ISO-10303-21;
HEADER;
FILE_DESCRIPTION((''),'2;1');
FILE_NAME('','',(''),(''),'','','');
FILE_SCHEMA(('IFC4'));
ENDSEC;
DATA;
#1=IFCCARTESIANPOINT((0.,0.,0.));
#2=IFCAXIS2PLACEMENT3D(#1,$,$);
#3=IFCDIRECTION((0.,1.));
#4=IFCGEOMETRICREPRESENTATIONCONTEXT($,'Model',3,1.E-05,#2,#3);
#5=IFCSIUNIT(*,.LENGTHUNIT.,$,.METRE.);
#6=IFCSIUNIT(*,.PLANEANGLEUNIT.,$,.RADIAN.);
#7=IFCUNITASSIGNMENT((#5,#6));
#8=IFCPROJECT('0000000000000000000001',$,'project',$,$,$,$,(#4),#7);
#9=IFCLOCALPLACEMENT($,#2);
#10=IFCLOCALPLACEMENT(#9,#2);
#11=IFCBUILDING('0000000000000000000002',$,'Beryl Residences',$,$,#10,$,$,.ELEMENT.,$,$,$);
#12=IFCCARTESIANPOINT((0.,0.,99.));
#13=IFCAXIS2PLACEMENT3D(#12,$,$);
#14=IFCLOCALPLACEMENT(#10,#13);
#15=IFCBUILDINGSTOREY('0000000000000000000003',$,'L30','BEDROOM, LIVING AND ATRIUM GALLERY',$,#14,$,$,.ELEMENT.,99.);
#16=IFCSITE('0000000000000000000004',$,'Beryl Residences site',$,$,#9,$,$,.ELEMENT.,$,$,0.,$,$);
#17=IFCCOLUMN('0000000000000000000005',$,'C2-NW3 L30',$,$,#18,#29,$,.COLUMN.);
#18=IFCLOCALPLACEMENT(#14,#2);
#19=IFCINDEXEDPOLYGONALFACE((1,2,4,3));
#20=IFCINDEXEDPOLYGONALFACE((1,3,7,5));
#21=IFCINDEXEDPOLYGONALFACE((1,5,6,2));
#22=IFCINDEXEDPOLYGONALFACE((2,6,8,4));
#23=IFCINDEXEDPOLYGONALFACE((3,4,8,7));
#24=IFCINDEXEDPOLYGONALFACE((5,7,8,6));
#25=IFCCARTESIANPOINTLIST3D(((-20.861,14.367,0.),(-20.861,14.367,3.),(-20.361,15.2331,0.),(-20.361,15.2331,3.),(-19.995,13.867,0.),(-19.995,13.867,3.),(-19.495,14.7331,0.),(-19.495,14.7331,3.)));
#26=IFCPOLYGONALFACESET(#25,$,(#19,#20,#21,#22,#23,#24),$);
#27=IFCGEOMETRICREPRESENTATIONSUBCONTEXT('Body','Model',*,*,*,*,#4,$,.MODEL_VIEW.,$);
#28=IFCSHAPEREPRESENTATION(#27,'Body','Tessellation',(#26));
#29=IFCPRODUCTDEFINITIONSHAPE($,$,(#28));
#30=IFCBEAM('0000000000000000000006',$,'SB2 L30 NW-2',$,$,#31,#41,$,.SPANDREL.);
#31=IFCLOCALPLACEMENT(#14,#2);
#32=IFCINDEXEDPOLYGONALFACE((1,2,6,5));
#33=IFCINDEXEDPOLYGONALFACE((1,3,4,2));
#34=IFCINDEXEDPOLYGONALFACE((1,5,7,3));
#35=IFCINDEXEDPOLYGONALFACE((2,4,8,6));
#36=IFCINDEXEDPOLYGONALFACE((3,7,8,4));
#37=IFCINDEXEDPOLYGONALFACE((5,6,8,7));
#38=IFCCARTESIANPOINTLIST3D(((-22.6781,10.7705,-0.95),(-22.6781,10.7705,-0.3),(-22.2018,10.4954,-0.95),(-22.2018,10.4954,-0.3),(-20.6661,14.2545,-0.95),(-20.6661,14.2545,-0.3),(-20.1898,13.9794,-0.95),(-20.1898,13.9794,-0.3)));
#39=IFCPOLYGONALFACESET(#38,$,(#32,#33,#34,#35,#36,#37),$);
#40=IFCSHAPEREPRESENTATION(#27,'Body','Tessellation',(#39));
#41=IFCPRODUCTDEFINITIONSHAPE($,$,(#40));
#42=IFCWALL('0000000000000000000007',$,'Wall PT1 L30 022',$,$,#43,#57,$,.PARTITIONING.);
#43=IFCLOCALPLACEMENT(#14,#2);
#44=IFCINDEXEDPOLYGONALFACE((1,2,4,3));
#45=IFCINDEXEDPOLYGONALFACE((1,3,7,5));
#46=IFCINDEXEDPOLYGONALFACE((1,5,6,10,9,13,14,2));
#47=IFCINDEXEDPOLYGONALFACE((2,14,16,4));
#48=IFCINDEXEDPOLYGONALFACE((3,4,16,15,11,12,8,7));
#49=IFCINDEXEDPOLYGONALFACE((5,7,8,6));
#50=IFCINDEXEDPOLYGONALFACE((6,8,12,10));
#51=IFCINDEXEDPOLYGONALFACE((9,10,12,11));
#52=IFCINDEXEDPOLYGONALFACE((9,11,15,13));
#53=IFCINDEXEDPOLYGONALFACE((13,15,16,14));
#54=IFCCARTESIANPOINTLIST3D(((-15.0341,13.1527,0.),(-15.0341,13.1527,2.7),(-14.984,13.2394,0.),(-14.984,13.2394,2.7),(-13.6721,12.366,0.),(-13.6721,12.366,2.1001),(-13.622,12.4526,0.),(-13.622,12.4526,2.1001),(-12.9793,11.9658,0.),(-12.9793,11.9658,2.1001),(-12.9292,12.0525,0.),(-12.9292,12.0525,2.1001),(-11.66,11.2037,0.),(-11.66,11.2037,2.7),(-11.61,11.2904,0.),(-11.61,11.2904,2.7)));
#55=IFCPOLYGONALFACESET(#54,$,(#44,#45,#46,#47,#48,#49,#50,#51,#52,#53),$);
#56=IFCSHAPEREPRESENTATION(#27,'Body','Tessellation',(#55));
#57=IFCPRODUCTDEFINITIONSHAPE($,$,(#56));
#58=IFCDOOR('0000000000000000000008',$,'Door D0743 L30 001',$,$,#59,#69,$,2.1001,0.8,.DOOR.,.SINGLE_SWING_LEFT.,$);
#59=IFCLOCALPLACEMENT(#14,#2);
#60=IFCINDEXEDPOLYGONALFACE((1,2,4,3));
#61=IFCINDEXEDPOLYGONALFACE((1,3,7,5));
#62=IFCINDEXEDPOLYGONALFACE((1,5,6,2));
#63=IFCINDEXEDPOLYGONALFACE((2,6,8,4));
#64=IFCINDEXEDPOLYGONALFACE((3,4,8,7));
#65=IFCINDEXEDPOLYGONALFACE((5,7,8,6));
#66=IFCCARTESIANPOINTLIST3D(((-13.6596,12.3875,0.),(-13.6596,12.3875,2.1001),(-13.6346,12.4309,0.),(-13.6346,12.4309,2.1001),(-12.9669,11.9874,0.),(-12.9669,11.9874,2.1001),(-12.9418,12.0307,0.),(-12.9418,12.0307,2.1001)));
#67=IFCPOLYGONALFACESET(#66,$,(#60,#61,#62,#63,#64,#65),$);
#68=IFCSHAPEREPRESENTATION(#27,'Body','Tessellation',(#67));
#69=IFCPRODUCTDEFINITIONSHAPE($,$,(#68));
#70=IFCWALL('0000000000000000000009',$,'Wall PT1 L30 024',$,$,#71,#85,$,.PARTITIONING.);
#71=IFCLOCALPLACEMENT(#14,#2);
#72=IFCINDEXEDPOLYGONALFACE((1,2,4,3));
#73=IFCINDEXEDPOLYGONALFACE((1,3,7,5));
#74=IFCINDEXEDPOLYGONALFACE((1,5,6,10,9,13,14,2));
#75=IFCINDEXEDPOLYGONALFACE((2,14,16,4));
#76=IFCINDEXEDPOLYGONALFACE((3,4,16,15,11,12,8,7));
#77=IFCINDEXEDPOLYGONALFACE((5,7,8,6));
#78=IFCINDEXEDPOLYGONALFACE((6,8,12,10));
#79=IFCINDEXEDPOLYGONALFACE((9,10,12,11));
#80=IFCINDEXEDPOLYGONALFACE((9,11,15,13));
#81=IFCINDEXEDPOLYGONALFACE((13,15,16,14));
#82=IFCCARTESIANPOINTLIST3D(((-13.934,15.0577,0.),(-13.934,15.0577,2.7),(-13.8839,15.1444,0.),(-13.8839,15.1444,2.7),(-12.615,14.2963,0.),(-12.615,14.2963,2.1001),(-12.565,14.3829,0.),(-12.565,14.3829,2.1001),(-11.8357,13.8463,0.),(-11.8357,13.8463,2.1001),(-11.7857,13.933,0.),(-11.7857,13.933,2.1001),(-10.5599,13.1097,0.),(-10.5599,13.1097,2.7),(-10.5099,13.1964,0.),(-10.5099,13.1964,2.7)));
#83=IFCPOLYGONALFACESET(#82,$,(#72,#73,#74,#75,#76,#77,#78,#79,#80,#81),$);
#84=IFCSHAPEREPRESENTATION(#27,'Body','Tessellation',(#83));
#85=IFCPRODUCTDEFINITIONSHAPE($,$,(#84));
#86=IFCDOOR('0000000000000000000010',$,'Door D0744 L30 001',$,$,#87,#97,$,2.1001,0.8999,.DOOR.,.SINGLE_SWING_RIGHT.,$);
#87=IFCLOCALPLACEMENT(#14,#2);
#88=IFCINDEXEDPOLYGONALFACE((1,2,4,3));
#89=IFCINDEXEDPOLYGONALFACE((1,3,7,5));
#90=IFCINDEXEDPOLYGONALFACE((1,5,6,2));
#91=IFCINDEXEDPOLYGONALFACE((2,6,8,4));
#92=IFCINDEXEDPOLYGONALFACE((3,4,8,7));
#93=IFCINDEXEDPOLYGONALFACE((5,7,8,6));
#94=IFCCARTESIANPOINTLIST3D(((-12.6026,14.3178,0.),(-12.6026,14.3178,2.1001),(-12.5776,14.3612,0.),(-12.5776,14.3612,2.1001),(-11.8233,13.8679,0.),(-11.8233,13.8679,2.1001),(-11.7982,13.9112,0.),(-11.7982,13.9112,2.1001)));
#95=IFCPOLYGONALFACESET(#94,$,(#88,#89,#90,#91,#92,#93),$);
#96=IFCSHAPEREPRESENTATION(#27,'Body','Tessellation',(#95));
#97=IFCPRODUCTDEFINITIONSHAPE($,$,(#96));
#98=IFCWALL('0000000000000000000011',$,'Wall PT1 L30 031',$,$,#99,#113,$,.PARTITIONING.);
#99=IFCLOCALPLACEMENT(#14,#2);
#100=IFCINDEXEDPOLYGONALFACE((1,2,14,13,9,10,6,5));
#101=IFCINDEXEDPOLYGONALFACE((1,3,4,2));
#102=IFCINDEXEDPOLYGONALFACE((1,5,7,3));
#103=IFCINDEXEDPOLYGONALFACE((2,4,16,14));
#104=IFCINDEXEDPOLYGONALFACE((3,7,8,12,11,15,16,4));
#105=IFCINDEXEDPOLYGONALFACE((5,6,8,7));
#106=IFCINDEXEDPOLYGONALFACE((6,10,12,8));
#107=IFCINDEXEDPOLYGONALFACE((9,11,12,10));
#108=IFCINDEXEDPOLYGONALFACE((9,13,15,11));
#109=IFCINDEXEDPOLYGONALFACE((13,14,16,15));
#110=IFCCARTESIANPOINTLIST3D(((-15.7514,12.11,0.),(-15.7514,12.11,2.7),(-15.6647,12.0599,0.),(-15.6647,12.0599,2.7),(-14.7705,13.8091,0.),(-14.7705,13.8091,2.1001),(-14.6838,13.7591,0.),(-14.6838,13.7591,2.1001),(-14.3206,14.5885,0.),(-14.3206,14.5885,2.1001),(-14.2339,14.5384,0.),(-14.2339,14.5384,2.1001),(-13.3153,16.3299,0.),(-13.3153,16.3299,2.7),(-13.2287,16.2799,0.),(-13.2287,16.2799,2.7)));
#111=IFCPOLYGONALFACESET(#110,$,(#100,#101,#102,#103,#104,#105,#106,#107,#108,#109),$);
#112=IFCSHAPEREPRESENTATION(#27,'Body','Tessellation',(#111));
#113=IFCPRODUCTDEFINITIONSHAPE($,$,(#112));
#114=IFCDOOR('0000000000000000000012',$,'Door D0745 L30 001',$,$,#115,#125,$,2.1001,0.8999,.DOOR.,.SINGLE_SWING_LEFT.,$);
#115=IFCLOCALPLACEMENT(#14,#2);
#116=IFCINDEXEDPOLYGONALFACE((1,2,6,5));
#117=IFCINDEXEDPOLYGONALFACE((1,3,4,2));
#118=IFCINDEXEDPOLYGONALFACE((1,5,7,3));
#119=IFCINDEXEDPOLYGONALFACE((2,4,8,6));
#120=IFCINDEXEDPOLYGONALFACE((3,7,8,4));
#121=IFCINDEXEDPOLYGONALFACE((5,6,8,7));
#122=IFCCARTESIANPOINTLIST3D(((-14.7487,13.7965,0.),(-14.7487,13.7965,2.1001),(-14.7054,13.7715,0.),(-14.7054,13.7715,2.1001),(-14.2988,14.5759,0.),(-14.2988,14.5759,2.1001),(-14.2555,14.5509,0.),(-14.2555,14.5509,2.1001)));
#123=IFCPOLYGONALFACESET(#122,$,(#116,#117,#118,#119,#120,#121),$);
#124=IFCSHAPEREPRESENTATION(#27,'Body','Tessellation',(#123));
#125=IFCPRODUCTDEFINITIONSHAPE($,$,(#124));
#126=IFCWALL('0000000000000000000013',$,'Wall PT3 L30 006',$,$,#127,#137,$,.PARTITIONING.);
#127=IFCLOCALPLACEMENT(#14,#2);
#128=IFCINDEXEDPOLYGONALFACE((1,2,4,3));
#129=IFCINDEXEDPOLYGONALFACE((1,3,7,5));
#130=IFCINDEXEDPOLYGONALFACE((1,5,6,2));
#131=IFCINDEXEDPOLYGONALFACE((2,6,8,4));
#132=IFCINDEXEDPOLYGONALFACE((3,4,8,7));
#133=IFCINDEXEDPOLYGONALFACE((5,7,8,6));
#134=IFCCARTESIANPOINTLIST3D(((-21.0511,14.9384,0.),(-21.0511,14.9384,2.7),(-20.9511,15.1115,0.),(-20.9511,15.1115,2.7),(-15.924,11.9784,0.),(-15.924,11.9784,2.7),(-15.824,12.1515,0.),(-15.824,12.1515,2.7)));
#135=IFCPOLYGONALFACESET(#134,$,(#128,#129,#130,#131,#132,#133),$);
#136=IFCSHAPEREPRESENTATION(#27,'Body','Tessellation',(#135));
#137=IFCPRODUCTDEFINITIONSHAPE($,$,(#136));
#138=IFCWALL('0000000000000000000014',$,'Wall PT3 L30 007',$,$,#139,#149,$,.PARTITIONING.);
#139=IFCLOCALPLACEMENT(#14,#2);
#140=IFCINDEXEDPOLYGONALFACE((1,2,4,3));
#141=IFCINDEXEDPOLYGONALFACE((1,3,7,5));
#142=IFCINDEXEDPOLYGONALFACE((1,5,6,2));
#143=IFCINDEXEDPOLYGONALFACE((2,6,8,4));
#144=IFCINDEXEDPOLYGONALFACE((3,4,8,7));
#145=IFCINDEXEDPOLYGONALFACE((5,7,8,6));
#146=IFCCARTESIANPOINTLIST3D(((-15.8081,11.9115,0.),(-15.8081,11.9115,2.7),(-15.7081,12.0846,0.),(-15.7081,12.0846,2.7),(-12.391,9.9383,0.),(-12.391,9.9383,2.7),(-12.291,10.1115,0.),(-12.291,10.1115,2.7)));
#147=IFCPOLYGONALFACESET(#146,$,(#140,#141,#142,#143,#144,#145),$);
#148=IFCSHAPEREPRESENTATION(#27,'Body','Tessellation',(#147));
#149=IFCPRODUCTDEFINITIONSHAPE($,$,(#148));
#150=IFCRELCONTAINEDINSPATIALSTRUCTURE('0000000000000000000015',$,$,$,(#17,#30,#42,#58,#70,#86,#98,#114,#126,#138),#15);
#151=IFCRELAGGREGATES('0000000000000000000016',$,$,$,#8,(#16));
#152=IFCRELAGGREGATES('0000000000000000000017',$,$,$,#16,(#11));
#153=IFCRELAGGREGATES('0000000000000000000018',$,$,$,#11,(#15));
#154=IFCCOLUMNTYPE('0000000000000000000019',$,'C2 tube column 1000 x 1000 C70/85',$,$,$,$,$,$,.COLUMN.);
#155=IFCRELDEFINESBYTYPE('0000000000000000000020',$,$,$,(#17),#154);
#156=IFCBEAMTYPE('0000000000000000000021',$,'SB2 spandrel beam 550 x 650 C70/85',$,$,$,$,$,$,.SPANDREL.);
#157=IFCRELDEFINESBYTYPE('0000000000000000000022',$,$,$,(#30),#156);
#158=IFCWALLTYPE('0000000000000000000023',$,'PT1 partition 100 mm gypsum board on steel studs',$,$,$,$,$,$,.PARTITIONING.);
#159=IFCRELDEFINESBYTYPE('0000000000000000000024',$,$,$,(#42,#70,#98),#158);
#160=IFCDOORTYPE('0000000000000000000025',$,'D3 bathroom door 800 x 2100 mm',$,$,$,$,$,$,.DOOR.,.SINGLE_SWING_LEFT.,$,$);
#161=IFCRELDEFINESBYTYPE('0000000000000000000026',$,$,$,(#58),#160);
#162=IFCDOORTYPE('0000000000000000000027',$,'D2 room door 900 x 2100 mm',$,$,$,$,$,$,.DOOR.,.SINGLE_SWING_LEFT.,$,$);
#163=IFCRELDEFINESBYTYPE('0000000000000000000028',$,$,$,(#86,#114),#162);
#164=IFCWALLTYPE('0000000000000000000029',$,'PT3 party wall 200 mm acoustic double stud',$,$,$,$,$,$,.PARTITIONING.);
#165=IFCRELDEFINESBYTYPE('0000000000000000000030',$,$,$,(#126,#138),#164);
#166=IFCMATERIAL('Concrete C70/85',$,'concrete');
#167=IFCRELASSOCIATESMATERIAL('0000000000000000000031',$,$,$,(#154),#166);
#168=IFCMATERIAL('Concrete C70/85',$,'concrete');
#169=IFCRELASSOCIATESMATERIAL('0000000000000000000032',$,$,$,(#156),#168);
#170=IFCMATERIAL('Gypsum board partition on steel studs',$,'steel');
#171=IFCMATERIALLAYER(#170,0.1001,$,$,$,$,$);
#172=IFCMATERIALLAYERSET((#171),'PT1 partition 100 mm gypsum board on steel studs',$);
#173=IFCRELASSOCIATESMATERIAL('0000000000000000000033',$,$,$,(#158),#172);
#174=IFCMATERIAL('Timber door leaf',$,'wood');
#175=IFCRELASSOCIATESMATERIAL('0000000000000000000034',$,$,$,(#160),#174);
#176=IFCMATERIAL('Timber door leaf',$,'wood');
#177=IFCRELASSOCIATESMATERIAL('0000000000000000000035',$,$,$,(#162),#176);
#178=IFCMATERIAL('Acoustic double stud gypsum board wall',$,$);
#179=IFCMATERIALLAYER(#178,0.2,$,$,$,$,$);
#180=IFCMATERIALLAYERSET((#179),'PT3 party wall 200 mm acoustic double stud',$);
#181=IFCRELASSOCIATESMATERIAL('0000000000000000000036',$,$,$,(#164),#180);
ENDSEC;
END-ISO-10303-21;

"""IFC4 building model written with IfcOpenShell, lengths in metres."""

from ifc_helpers import new_model, si_unit, direction, frame, frame_2d, origin, origin_2d, place, context, subcontext, project, spatial, rectangle, extrude, material, layer, layer_set, material_profile, profile_set, type_object, element, fill, save


model = new_model("IFC4")

# Units and contexts
model_context = context("Model", 3, precision=1e-05, world=origin(), true_north=direction((0.0, 1.0)))
body_context = subcontext(model_context, "Body", "Model", "MODEL_VIEW")
ifc_project = project(units=[si_unit("LENGTHUNIT", "METRE"), si_unit("PLANEANGLEUNIT", "RADIAN")], contexts=[model_context])

# Site, building, storey
site_placement = place(None, origin())
site = spatial("IfcSite", under=ifc_project, at=site_placement, Name="Beryl Residences site", CompositionType="ELEMENT", RefElevation=0.0)
building_placement = place(site_placement, origin())
building = spatial("IfcBuilding", under=site, at=building_placement, Name="Beryl Residences", CompositionType="ELEMENT")
storey_placement = place(building_placement, frame((0.0, 0.0, 99.0)))
storey = spatial("IfcBuildingStorey", under=building, at=storey_placement, Name="L30", Description="BEDROOM, LIVING AND ATRIUM GALLERY", CompositionType="ELEMENT", Elevation=99.0)

# Column
ifc_material_1 = material(Name="Concrete C70/85", Category="concrete")
ifc_material_profile_1 = material_profile(ifc_material_1, rectangle(XDim=1.0, YDim=1.0, at=origin_2d()))
ifc_profile_set_1 = profile_set([ifc_material_profile_1], Name="Concrete C70/85")
column_type = type_object("IfcColumnType", Name="C2 tube column 1000 x 1000 C70/85", PredefinedType="COLUMN", material=ifc_profile_set_1)
column_placement = place(storey_placement, frame((-20.178, 14.55, 0.0), z_axis=(0.0, 0.0, 1.0), x_axis=(-0.5, -0.866025, 0.0)))
element("IfcColumn", 1, at=column_placement, inside=storey, type_object=column_type, Name="C2-NW3 L30", PredefinedType="COLUMN", context=body_context, shape_type="SweptSolid", body=[
    extrude(rectangle(XDim=1.0, YDim=1.0, at=origin_2d()), origin(), (0.0, 0.0, 1.0), 3.0),
])

# Beam
ifc_material_2 = material(Name="Concrete C70/85", Category="concrete")
ifc_material_profile_2 = material_profile(ifc_material_2, rectangle(XDim=0.55, YDim=0.6499, at=origin_2d()))
ifc_profile_set_2 = profile_set([ifc_material_profile_2], Name="Concrete C70/85")
beam_type = type_object("IfcBeamType", Name="SB2 spandrel beam 550 x 650 C70/85", PredefinedType="SPANDREL", material=ifc_profile_set_2)
beam_placement = place(storey_placement, frame((-20.428, 14.1169, -0.625), z_axis=(-0.500101, -0.865967, 0.0), x_axis=(0.865967, -0.500101, 0.0)))
element("IfcBeam", 2, at=beam_placement, inside=storey, type_object=beam_type, Name="SB2 L30 NW-2", PredefinedType="SPANDREL", context=body_context, shape_type="SweptSolid", body=[
    extrude(rectangle(XDim=0.55, YDim=0.6499, at=origin_2d()), origin(), (0.0, 0.0, 1.0), 4.0232),
])

# Walls, openings, doors
ifc_material_3 = material(Name="Gypsum board partition on steel studs", Category="steel")
ifc_layer_1 = layer(ifc_material_3, 0.1001)
ifc_layer_set_1 = layer_set([ifc_layer_1], Name="PT1 partition 100 mm gypsum board on steel studs")
wall_type_1 = type_object("IfcWallType", Name="PT1 partition 100 mm gypsum board on steel studs", PredefinedType="PARTITIONING", material=ifc_layer_set_1)
wall_1_placement = place(storey_placement, frame((-15.009, 13.196, 0.0), z_axis=(0.0, 0.0, 1.0), x_axis=(0.865916, -0.500189, 0.0)))
wall_1 = element("IfcWall", 3, at=wall_1_placement, inside=storey, type_object=wall_type_1, Name="Wall PT1 L30 022", PredefinedType="PARTITIONING", context=body_context, shape_type="SweptSolid", body=[
    extrude(rectangle(XDim=3.8965, YDim=0.1001, at=frame_2d((1.9482, 0.0))), origin(), (0.0, 0.0, 1.0), 2.7),
])
opening_1_placement = place(wall_1_placement, frame((1.573, 0.0, 0.0)))
opening_1 = element("IfcOpeningElement", 4, at=opening_1_placement, cuts=wall_1, PredefinedType="OPENING", context=body_context, shape_type="SweptSolid", body=[
    extrude(rectangle(XDim=0.8, YDim=2.1001, at=frame_2d((0.3999, 1.05))), frame((0.0, 0.0601, 0.0), z_axis=(0.0, -1.0, 0.0), x_axis=(1.0, 0.0, 0.0)), (0.0, 0.0, 1.0), 0.1201),
])
ifc_material_4 = material(Name="Timber door leaf", Category="wood")
door_type_1 = type_object("IfcDoorType", Name="D3 bathroom door 800 x 2100 mm", OperationType="SINGLE_SWING_LEFT", PredefinedType="DOOR", material=ifc_material_4)
door_1_placement = place(opening_1_placement, origin())
door_1 = element("IfcDoor", 5, at=door_1_placement, inside=storey, type_object=door_type_1, Name="Door D0743 L30 001", OperationType="SINGLE_SWING_LEFT", OverallHeight=2.1001, OverallWidth=0.8, PredefinedType="DOOR", context=body_context, shape_type="SweptSolid", body=[
    extrude(rectangle(XDim=0.8, YDim=2.1001, at=frame_2d((0.3999, 1.05))), frame((0.0, 0.0249, 0.0), z_axis=(0.0, -1.0, 0.0), x_axis=(1.0, 0.0, 0.0)), (0.0, 0.0, 1.0), 0.05),
])
fill(opening_1, door_1)
wall_2_placement = place(storey_placement, frame((-13.9089, 15.1011, 0.0), z_axis=(0.0, 0.0, 1.0), x_axis=(0.866025, -0.500001, 0.0)))
wall_2 = element("IfcWall", 6, at=wall_2_placement, inside=storey, type_object=wall_type_1, Name="Wall PT1 L30 024", PredefinedType="PARTITIONING", context=body_context, shape_type="SweptSolid", body=[
    extrude(rectangle(XDim=3.896, YDim=0.1001, at=frame_2d((1.948, 0.0))), origin(), (0.0, 0.0, 1.0), 2.7),
])
opening_2_placement = place(wall_2_placement, frame((1.5229, 0.0, 0.0)))
opening_2 = element("IfcOpeningElement", 7, at=opening_2_placement, cuts=wall_2, PredefinedType="OPENING", context=body_context, shape_type="SweptSolid", body=[
    extrude(rectangle(XDim=0.8999, YDim=2.1001, at=frame_2d((0.45, 1.05))), frame((0.0, 0.0601, 0.0), z_axis=(0.0, -1.0, 0.0), x_axis=(1.0, 0.0, 0.0)), (0.0, 0.0, 1.0), 0.1201),
])
ifc_material_5 = material(Name="Timber door leaf", Category="wood")
door_type_2 = type_object("IfcDoorType", Name="D2 room door 900 x 2100 mm", OperationType="SINGLE_SWING_LEFT", PredefinedType="DOOR", material=ifc_material_5)
door_2_placement = place(opening_2_placement, origin())
door_2 = element("IfcDoor", 8, at=door_2_placement, inside=storey, type_object=door_type_2, Name="Door D0744 L30 001", OperationType="SINGLE_SWING_RIGHT", OverallHeight=2.1001, OverallWidth=0.8999, PredefinedType="DOOR", context=body_context, shape_type="SweptSolid", body=[
    extrude(rectangle(XDim=0.8999, YDim=2.1001, at=frame_2d((0.45, 1.05))), frame((0.0, 0.0249, 0.0), z_axis=(0.0, -1.0, 0.0), x_axis=(1.0, 0.0, 0.0)), (0.0, 0.0, 1.0), 0.05),
])
fill(opening_2, door_2)
wall_3_placement = place(storey_placement, frame((-15.708, 12.085, 0.0), z_axis=(0.0, 0.0, 1.0), x_axis=(0.499944, 0.866058, 0.0)))
wall_3 = element("IfcWall", 9, at=wall_3_placement, inside=storey, type_object=wall_type_1, Name="Wall PT1 L30 031", PredefinedType="PARTITIONING", context=body_context, shape_type="SweptSolid", body=[
    extrude(rectangle(XDim=4.8726, YDim=0.1001, at=frame_2d((2.4363, 0.0))), origin(), (0.0, 0.0, 1.0), 2.7),
])
opening_3_placement = place(wall_3_placement, frame((1.9619, 0.0, 0.0)))
opening_3 = element("IfcOpeningElement", 10, at=opening_3_placement, cuts=wall_3, PredefinedType="OPENING", context=body_context, shape_type="SweptSolid", body=[
    extrude(rectangle(XDim=0.8999, YDim=2.1001, at=frame_2d((0.45, 1.05))), frame((0.0, 0.0601, 0.0), z_axis=(0.0, -1.0, 0.0), x_axis=(1.0, 0.0, 0.0)), (0.0, 0.0, 1.0), 0.1201),
])
door_3_placement = place(opening_3_placement, origin())
door_3 = element("IfcDoor", 11, at=door_3_placement, inside=storey, type_object=door_type_2, Name="Door D0745 L30 001", OperationType="SINGLE_SWING_LEFT", OverallHeight=2.1001, OverallWidth=0.8999, PredefinedType="DOOR", context=body_context, shape_type="SweptSolid", body=[
    extrude(rectangle(XDim=0.8999, YDim=2.1001, at=frame_2d((0.45, 1.05))), frame((0.0, 0.0249, 0.0), z_axis=(0.0, -1.0, 0.0), x_axis=(1.0, 0.0, 0.0)), (0.0, 0.0, 1.0), 0.05),
])
fill(opening_3, door_3)

# Walls
ifc_material_6 = material(Name="Acoustic double stud gypsum board wall")
ifc_layer_2 = layer(ifc_material_6, 0.2)
ifc_layer_set_2 = layer_set([ifc_layer_2], Name="PT3 party wall 200 mm acoustic double stud")
wall_type_2 = type_object("IfcWallType", Name="PT3 party wall 200 mm acoustic double stud", PredefinedType="PARTITIONING", material=ifc_layer_set_2)
wall_4_placement = place(storey_placement, frame((-21.001, 15.0249, 0.0), z_axis=(0.0, 0.0, 1.0), x_axis=(0.866032, -0.499989, 0.0)))
element("IfcWall", 12, at=wall_4_placement, inside=storey, type_object=wall_type_2, Name="Wall PT3 L30 006", PredefinedType="PARTITIONING", context=body_context, shape_type="SweptSolid", body=[
    extrude(rectangle(XDim=5.9202, YDim=0.2, at=frame_2d((2.96, 0.0))), origin(), (0.0, 0.0, 1.0), 2.7),
])
wall_5_placement = place(storey_placement, frame((-15.7581, 11.998, 0.0), z_axis=(0.0, 0.0, 1.0), x_axis=(0.865988, -0.500065, 0.0)))
element("IfcWall", 13, at=wall_5_placement, inside=storey, type_object=wall_type_2, Name="Wall PT3 L30 007", PredefinedType="PARTITIONING", context=body_context, shape_type="SweptSolid", body=[
    extrude(rectangle(XDim=3.9458, YDim=0.2, at=frame_2d((1.9729, 0.0))), origin(), (0.0, 0.0, 1.0), 2.7),
])

save(model, "model.ifc")
